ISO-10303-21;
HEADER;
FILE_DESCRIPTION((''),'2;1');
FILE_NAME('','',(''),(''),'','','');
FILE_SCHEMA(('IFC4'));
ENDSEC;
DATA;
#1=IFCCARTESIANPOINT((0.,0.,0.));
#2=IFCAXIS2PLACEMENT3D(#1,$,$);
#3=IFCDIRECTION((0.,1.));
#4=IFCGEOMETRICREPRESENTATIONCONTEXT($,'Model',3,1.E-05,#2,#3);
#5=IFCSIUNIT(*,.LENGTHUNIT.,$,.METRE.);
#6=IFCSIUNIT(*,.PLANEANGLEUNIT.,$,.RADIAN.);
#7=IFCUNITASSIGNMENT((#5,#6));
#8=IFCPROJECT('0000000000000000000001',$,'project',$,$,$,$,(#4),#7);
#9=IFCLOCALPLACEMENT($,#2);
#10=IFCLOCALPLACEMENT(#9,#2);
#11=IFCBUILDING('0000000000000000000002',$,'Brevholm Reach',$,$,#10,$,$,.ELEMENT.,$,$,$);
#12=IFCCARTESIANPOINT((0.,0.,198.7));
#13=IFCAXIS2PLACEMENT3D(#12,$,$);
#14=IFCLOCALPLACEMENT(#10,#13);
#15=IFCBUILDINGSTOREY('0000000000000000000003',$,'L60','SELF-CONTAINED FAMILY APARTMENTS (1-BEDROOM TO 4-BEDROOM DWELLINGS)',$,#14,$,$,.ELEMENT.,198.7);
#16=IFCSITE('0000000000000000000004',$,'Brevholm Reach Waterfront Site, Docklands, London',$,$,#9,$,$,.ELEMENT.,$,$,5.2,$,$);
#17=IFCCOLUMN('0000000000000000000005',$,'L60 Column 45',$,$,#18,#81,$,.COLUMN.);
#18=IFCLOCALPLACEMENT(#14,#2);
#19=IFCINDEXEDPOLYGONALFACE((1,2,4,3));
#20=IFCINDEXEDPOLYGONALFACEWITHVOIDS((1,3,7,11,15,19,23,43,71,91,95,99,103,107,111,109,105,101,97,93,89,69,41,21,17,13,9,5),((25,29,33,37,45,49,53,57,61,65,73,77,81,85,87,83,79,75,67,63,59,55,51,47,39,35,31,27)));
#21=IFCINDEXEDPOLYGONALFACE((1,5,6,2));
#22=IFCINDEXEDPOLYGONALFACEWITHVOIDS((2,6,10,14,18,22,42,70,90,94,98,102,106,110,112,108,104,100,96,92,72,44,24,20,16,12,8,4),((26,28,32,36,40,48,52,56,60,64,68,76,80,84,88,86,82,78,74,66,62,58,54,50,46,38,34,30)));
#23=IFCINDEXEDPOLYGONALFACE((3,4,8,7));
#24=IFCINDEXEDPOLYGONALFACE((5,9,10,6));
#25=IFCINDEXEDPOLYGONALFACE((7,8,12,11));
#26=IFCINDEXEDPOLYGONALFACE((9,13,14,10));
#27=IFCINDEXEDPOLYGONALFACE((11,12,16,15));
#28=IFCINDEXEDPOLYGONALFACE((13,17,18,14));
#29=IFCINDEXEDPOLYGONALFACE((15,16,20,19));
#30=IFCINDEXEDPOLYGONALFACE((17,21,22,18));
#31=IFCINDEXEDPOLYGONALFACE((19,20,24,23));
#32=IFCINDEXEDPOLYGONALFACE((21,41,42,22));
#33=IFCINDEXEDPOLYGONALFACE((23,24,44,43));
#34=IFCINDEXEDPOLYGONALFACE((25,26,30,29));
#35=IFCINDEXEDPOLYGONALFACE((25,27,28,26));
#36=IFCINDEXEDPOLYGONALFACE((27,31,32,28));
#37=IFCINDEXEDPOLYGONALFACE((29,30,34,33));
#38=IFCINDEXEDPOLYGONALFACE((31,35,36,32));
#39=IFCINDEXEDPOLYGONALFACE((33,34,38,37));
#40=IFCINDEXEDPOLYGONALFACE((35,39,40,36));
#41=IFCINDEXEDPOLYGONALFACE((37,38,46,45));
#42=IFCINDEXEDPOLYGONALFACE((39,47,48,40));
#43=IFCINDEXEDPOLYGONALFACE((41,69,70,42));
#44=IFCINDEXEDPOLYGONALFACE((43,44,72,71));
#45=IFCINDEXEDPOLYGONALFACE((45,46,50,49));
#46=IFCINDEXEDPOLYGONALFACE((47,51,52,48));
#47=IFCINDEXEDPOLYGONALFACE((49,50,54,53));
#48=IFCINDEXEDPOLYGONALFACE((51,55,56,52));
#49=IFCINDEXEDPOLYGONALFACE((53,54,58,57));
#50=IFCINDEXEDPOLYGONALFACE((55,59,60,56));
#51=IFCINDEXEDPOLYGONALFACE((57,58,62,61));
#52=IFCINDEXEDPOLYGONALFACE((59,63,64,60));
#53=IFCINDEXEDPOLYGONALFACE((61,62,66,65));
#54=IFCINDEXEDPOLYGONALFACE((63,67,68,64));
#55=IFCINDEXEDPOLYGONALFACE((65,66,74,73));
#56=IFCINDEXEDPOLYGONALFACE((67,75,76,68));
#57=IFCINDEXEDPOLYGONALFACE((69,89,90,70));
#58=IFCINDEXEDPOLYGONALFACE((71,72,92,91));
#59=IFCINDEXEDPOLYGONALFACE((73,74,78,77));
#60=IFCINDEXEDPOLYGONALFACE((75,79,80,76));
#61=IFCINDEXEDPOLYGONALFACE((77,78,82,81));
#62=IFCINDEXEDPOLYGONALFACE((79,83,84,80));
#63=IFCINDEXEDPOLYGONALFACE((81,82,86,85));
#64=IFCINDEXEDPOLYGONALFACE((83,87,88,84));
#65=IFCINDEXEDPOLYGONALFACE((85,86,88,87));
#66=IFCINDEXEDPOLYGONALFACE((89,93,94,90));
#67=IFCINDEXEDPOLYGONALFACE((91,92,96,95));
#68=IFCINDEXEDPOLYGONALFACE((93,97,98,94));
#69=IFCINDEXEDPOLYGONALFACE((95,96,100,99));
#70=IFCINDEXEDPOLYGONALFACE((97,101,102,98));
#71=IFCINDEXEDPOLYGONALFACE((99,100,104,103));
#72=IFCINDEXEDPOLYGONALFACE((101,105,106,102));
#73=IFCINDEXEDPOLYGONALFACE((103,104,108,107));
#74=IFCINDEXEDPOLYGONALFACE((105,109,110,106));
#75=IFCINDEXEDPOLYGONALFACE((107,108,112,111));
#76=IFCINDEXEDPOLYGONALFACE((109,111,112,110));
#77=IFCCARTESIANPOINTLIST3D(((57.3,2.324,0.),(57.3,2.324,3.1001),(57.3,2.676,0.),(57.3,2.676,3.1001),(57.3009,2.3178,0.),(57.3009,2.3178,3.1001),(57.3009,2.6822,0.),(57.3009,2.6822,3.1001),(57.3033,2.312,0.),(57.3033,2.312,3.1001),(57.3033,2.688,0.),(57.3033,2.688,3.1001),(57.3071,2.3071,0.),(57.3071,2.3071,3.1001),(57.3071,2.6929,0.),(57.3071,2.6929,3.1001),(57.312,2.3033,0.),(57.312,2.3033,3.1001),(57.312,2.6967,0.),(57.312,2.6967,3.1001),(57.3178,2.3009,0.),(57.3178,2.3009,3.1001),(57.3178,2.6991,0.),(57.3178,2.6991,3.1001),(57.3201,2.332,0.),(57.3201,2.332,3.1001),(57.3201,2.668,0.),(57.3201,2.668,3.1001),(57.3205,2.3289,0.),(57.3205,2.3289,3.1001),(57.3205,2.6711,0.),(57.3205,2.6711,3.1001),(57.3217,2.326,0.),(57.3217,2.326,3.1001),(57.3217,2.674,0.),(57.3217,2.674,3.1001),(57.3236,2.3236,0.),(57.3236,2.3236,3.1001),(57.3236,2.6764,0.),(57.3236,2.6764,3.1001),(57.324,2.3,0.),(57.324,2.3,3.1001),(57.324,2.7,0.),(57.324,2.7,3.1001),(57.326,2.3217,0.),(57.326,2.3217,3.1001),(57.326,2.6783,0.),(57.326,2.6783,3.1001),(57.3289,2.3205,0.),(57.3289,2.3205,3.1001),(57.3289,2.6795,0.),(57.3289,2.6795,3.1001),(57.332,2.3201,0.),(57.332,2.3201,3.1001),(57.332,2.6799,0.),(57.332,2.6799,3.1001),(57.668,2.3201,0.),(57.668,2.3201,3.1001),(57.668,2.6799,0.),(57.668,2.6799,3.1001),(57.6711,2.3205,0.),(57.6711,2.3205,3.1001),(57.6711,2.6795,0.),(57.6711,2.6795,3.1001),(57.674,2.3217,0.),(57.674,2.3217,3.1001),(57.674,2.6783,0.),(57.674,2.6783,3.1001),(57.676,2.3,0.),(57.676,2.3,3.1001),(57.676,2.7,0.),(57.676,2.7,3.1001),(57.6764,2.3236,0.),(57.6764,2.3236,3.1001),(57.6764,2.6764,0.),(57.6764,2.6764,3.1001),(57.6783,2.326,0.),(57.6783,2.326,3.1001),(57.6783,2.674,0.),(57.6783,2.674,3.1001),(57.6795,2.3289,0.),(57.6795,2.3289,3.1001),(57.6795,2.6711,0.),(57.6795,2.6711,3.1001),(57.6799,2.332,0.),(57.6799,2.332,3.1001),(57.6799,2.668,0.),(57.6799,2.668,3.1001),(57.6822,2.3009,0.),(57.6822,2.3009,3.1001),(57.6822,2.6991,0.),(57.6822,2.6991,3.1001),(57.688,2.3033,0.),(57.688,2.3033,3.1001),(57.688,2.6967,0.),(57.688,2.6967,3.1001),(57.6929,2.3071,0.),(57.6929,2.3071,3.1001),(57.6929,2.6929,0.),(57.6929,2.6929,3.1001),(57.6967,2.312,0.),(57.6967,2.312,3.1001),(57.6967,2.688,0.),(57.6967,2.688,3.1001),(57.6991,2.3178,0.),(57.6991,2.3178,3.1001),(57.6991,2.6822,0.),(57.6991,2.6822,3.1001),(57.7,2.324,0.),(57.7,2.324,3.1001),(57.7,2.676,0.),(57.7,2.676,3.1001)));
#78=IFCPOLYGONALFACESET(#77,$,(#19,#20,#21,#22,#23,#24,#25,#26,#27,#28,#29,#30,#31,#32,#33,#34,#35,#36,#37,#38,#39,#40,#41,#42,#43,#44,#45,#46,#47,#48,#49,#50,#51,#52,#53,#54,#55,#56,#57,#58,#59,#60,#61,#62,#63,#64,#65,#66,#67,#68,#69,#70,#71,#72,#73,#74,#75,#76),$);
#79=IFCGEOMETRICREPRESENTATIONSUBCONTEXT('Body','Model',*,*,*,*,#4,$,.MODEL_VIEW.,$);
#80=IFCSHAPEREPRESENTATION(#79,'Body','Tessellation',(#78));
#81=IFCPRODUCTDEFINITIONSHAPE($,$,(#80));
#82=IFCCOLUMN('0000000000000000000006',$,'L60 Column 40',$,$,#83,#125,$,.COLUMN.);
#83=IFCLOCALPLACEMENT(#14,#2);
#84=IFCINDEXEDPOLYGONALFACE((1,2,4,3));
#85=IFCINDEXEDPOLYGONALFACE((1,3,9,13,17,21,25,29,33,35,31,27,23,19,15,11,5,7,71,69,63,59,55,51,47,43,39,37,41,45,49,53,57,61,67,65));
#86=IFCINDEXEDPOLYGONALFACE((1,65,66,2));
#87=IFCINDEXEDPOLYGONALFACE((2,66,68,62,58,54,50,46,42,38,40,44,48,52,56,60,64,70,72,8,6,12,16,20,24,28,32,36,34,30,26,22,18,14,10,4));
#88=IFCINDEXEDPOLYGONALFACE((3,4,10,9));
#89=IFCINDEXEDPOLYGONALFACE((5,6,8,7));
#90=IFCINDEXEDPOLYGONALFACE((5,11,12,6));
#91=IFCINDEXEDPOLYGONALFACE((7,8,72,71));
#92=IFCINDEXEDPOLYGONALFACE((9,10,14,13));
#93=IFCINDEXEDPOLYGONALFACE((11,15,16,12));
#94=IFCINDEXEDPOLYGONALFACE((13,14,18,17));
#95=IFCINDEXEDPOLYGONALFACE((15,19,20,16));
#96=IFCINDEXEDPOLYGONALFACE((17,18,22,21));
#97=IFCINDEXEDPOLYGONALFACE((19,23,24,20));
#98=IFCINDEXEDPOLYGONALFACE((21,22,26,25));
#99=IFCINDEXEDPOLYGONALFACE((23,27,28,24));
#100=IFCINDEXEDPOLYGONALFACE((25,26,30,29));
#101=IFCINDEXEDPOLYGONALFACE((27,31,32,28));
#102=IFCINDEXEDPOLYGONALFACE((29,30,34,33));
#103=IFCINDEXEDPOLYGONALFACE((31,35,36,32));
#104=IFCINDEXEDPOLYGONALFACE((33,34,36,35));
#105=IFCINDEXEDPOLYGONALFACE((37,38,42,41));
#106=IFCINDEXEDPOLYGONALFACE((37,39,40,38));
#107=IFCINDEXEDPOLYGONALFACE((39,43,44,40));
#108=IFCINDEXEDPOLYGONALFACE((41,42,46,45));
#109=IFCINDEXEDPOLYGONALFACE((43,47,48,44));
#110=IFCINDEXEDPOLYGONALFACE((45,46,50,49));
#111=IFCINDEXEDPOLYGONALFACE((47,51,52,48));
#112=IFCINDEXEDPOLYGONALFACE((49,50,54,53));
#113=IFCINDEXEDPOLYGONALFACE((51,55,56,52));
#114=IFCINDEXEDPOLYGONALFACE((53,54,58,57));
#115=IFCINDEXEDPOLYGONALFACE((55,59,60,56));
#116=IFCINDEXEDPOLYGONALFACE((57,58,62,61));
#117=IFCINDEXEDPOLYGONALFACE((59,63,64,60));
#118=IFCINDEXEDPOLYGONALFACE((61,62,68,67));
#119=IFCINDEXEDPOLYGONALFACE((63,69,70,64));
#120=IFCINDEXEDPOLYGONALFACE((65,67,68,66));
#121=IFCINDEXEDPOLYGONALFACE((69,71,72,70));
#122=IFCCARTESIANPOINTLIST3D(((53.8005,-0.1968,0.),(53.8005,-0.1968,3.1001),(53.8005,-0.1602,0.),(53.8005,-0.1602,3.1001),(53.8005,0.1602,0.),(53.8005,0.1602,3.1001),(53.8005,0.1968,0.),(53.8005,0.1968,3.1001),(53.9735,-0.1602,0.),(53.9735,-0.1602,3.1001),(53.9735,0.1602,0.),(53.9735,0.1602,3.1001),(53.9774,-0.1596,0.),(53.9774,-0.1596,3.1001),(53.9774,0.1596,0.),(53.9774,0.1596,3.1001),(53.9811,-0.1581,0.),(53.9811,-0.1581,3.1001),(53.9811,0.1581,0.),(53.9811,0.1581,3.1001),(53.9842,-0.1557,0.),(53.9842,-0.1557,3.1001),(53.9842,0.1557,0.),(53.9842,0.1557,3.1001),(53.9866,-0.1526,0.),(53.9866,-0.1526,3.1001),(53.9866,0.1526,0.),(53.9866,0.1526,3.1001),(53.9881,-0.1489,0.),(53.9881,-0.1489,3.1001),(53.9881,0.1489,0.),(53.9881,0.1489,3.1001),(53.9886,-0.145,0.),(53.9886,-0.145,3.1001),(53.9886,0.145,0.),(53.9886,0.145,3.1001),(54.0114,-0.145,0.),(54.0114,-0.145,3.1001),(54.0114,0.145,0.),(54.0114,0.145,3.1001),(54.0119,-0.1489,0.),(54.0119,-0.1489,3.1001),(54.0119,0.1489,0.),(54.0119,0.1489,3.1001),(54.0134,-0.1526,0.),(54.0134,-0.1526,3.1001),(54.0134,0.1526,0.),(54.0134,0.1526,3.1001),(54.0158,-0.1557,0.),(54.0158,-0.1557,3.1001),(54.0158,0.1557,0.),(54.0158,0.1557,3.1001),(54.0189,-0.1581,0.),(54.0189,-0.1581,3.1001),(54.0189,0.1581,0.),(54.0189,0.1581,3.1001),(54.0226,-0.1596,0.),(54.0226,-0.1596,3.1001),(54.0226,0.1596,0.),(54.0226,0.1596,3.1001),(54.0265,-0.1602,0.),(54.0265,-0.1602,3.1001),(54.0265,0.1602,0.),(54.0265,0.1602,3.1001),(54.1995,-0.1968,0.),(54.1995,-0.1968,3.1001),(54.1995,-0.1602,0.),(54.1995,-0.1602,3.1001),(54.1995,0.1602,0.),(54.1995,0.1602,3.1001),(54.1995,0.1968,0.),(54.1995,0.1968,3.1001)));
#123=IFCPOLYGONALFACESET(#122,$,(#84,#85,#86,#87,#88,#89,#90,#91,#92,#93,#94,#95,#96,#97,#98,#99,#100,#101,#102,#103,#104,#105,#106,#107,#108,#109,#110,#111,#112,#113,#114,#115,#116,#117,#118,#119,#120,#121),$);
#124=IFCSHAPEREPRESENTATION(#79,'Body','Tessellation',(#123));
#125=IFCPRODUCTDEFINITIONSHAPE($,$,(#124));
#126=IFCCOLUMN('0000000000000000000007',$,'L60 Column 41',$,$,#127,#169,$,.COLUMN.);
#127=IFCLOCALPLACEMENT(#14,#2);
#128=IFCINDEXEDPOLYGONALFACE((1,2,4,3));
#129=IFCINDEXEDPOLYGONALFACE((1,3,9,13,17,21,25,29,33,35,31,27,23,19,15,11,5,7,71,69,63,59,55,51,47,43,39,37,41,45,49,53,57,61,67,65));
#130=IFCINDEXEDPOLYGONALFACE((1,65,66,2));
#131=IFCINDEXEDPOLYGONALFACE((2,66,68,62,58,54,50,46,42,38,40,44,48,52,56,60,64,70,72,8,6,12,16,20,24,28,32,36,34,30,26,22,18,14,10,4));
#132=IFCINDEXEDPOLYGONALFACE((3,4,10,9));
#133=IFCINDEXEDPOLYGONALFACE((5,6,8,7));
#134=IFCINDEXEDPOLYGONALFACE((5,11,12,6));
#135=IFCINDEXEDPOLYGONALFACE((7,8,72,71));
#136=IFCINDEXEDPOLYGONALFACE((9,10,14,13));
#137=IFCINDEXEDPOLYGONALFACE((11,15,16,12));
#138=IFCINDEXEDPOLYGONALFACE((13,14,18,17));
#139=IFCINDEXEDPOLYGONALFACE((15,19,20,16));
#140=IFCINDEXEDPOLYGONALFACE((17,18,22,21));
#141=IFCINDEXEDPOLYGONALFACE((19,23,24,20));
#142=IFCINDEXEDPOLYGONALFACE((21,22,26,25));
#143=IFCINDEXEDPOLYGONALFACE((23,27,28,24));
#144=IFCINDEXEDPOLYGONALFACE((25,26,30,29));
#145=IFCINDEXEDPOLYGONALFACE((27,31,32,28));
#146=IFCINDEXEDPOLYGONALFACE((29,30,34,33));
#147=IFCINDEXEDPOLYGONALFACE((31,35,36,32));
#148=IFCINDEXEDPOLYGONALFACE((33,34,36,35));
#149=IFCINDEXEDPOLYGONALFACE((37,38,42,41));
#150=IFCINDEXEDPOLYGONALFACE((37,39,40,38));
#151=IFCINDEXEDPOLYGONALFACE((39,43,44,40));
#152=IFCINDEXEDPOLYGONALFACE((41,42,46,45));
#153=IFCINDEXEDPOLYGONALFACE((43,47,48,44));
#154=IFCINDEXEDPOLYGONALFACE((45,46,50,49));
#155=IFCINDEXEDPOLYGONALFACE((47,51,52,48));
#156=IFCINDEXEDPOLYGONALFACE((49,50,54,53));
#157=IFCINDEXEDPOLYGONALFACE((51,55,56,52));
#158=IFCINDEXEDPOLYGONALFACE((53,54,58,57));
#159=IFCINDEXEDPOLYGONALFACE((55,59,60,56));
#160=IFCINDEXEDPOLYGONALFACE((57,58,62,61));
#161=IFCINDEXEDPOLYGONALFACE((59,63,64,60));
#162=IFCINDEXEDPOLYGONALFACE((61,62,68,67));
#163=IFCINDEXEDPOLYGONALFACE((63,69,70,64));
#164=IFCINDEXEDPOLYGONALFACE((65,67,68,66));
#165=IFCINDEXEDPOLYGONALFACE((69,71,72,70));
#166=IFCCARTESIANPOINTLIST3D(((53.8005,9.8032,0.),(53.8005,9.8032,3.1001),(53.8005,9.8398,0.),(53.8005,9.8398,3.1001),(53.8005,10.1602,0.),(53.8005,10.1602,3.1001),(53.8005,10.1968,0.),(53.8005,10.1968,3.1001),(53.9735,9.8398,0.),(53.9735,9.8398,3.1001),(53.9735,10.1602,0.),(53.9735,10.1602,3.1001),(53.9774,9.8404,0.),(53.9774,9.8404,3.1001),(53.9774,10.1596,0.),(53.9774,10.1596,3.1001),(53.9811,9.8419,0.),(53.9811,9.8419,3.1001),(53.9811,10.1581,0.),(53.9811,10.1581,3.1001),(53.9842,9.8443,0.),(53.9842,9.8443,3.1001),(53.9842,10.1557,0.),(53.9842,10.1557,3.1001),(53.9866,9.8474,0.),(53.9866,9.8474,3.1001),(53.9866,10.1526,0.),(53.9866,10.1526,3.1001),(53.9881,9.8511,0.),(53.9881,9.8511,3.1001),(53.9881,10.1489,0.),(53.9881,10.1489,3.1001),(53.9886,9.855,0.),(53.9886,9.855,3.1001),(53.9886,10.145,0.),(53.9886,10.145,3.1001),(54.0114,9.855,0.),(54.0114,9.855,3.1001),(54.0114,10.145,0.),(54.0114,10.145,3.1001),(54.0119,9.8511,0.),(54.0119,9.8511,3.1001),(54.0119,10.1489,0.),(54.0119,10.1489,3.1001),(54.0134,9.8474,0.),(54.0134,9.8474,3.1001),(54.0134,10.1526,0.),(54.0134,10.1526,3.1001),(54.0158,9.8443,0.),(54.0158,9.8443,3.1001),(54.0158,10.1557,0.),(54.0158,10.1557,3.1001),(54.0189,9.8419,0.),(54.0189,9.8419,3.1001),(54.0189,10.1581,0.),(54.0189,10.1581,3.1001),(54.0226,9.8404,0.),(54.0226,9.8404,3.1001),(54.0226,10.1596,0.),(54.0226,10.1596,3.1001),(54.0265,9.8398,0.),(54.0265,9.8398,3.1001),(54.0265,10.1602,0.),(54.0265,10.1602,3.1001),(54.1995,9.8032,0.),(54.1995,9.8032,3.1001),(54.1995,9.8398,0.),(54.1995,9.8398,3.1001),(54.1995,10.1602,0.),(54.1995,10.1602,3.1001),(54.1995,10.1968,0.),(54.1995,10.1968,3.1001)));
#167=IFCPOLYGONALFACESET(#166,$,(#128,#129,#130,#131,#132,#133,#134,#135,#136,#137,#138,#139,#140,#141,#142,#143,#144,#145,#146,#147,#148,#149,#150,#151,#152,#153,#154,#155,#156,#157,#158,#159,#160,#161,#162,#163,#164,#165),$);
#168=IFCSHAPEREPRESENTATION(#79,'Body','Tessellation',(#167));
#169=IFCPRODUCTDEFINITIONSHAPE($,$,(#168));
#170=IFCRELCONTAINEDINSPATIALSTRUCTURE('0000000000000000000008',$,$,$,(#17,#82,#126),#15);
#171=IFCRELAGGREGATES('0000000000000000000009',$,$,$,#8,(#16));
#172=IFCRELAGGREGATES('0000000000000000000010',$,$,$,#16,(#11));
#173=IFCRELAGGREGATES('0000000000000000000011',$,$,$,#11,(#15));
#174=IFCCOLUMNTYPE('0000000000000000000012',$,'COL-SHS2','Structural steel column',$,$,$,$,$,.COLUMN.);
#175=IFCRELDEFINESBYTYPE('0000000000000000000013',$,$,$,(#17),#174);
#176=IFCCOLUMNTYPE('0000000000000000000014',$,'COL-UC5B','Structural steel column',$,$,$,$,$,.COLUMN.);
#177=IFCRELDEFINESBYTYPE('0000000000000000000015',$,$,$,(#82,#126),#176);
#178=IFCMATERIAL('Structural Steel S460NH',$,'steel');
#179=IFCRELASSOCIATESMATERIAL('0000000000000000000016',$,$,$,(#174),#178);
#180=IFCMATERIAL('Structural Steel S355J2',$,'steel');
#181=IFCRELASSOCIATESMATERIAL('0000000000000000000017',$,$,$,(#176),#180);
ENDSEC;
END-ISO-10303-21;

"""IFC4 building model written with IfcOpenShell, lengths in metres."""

from ifc_helpers import new_model, si_unit, direction, frame, origin, origin_2d, place, context, subcontext, project, spatial, hollow_rectangle, i_section, extrude, material, material_profile, profile_set, type_object, element, save


model = new_model("IFC4")

# Units and contexts
model_context = context("Model", 3, precision=1e-05, world=origin(), true_north=direction((0.0, 1.0)))
body_context = subcontext(model_context, "Body", "Model", "MODEL_VIEW")
ifc_project = project(units=[si_unit("LENGTHUNIT", "METRE"), si_unit("PLANEANGLEUNIT", "RADIAN")], contexts=[model_context])

# Site, building, storey
site_placement = place(None, origin())
site = spatial("IfcSite", under=ifc_project, at=site_placement, Name="Brevholm Reach Waterfront Site, Docklands, London", CompositionType="ELEMENT", RefElevation=5.2)
building_placement = place(site_placement, origin())
building = spatial("IfcBuilding", under=site, at=building_placement, Name="Brevholm Reach", CompositionType="ELEMENT")
storey_placement = place(building_placement, frame((0.0, 0.0, 198.7)))
storey = spatial("IfcBuildingStorey", under=building, at=storey_placement, Name="L60", Description="SELF-CONTAINED FAMILY APARTMENTS (1-BEDROOM TO 4-BEDROOM DWELLINGS)", CompositionType="ELEMENT", Elevation=198.7)

# Columns
ifc_material_1 = material(Name="Structural Steel S460NH", Category="steel")
ifc_material_profile_1 = material_profile(ifc_material_1, hollow_rectangle(XDim=0.3999, YDim=0.3999, WallThickness=0.02, InnerFilletRadius=0.012, OuterFilletRadius=0.0239, at=origin_2d()), Name="SHS 400x400x20")
ifc_profile_set_1 = profile_set([ifc_material_profile_1], Name="Structural Steel S460NH")
column_type_1 = type_object("IfcColumnType", Name="COL-SHS2", Description="Structural steel column", PredefinedType="COLUMN", material=ifc_profile_set_1)
column_placement = place(storey_placement, frame((57.5, 2.5, 0.0), z_axis=(0.0, 0.0, 1.0), x_axis=(1.0, 0.0, 0.0)))
element("IfcColumn", 1, at=column_placement, inside=storey, type_object=column_type_1, Name="L60 Column 45", PredefinedType="COLUMN", context=body_context, shape_type="SweptSolid", body=[
    extrude(hollow_rectangle(XDim=0.3999, YDim=0.3999, WallThickness=0.02, InnerFilletRadius=0.012, OuterFilletRadius=0.0239, at=origin_2d()), origin(), (0.0, 0.0, 1.0), 3.1001),
])
ifc_material_2 = material(Name="Structural Steel S355J2", Category="steel")
ifc_material_profile_2 = material_profile(ifc_material_2, i_section(OverallWidth=0.3989, OverallDepth=0.3936, WebThickness=0.0227, FlangeThickness=0.0366, FilletRadius=0.0151, at=origin_2d()), Name="UKC 356x406x287")
ifc_profile_set_2 = profile_set([ifc_material_profile_2], Name="Structural Steel S355J2")
column_type_2 = type_object("IfcColumnType", Name="COL-UC5B", Description="Structural steel column", PredefinedType="COLUMN", material=ifc_profile_set_2)
for number, where, z_axis, x_axis, name in (
    (2, (54.0, 0.0, 0.0), (0.0, 0.0, 1.0), (1.0, 0.0, 0.0), "L60 Column 40"),
    (3, (54.0, 10.0, 0.0), (0.0, 0.0, 1.0), (1.0, 0.0, 0.0), "L60 Column 41"),
):
    element("IfcColumn", number, at=place(storey_placement, frame(where, z_axis=z_axis, x_axis=x_axis)), inside=storey, type_object=column_type_2, Name=name, PredefinedType="COLUMN", context=body_context, shape_type="SweptSolid", body=[
        extrude(i_section(OverallWidth=0.3989, OverallDepth=0.3936, WebThickness=0.0227, FlangeThickness=0.0366, FilletRadius=0.0151, at=origin_2d()), origin(), (0.0, 0.0, 1.0), 3.1001),
    ])

save(model, "model.ifc")
